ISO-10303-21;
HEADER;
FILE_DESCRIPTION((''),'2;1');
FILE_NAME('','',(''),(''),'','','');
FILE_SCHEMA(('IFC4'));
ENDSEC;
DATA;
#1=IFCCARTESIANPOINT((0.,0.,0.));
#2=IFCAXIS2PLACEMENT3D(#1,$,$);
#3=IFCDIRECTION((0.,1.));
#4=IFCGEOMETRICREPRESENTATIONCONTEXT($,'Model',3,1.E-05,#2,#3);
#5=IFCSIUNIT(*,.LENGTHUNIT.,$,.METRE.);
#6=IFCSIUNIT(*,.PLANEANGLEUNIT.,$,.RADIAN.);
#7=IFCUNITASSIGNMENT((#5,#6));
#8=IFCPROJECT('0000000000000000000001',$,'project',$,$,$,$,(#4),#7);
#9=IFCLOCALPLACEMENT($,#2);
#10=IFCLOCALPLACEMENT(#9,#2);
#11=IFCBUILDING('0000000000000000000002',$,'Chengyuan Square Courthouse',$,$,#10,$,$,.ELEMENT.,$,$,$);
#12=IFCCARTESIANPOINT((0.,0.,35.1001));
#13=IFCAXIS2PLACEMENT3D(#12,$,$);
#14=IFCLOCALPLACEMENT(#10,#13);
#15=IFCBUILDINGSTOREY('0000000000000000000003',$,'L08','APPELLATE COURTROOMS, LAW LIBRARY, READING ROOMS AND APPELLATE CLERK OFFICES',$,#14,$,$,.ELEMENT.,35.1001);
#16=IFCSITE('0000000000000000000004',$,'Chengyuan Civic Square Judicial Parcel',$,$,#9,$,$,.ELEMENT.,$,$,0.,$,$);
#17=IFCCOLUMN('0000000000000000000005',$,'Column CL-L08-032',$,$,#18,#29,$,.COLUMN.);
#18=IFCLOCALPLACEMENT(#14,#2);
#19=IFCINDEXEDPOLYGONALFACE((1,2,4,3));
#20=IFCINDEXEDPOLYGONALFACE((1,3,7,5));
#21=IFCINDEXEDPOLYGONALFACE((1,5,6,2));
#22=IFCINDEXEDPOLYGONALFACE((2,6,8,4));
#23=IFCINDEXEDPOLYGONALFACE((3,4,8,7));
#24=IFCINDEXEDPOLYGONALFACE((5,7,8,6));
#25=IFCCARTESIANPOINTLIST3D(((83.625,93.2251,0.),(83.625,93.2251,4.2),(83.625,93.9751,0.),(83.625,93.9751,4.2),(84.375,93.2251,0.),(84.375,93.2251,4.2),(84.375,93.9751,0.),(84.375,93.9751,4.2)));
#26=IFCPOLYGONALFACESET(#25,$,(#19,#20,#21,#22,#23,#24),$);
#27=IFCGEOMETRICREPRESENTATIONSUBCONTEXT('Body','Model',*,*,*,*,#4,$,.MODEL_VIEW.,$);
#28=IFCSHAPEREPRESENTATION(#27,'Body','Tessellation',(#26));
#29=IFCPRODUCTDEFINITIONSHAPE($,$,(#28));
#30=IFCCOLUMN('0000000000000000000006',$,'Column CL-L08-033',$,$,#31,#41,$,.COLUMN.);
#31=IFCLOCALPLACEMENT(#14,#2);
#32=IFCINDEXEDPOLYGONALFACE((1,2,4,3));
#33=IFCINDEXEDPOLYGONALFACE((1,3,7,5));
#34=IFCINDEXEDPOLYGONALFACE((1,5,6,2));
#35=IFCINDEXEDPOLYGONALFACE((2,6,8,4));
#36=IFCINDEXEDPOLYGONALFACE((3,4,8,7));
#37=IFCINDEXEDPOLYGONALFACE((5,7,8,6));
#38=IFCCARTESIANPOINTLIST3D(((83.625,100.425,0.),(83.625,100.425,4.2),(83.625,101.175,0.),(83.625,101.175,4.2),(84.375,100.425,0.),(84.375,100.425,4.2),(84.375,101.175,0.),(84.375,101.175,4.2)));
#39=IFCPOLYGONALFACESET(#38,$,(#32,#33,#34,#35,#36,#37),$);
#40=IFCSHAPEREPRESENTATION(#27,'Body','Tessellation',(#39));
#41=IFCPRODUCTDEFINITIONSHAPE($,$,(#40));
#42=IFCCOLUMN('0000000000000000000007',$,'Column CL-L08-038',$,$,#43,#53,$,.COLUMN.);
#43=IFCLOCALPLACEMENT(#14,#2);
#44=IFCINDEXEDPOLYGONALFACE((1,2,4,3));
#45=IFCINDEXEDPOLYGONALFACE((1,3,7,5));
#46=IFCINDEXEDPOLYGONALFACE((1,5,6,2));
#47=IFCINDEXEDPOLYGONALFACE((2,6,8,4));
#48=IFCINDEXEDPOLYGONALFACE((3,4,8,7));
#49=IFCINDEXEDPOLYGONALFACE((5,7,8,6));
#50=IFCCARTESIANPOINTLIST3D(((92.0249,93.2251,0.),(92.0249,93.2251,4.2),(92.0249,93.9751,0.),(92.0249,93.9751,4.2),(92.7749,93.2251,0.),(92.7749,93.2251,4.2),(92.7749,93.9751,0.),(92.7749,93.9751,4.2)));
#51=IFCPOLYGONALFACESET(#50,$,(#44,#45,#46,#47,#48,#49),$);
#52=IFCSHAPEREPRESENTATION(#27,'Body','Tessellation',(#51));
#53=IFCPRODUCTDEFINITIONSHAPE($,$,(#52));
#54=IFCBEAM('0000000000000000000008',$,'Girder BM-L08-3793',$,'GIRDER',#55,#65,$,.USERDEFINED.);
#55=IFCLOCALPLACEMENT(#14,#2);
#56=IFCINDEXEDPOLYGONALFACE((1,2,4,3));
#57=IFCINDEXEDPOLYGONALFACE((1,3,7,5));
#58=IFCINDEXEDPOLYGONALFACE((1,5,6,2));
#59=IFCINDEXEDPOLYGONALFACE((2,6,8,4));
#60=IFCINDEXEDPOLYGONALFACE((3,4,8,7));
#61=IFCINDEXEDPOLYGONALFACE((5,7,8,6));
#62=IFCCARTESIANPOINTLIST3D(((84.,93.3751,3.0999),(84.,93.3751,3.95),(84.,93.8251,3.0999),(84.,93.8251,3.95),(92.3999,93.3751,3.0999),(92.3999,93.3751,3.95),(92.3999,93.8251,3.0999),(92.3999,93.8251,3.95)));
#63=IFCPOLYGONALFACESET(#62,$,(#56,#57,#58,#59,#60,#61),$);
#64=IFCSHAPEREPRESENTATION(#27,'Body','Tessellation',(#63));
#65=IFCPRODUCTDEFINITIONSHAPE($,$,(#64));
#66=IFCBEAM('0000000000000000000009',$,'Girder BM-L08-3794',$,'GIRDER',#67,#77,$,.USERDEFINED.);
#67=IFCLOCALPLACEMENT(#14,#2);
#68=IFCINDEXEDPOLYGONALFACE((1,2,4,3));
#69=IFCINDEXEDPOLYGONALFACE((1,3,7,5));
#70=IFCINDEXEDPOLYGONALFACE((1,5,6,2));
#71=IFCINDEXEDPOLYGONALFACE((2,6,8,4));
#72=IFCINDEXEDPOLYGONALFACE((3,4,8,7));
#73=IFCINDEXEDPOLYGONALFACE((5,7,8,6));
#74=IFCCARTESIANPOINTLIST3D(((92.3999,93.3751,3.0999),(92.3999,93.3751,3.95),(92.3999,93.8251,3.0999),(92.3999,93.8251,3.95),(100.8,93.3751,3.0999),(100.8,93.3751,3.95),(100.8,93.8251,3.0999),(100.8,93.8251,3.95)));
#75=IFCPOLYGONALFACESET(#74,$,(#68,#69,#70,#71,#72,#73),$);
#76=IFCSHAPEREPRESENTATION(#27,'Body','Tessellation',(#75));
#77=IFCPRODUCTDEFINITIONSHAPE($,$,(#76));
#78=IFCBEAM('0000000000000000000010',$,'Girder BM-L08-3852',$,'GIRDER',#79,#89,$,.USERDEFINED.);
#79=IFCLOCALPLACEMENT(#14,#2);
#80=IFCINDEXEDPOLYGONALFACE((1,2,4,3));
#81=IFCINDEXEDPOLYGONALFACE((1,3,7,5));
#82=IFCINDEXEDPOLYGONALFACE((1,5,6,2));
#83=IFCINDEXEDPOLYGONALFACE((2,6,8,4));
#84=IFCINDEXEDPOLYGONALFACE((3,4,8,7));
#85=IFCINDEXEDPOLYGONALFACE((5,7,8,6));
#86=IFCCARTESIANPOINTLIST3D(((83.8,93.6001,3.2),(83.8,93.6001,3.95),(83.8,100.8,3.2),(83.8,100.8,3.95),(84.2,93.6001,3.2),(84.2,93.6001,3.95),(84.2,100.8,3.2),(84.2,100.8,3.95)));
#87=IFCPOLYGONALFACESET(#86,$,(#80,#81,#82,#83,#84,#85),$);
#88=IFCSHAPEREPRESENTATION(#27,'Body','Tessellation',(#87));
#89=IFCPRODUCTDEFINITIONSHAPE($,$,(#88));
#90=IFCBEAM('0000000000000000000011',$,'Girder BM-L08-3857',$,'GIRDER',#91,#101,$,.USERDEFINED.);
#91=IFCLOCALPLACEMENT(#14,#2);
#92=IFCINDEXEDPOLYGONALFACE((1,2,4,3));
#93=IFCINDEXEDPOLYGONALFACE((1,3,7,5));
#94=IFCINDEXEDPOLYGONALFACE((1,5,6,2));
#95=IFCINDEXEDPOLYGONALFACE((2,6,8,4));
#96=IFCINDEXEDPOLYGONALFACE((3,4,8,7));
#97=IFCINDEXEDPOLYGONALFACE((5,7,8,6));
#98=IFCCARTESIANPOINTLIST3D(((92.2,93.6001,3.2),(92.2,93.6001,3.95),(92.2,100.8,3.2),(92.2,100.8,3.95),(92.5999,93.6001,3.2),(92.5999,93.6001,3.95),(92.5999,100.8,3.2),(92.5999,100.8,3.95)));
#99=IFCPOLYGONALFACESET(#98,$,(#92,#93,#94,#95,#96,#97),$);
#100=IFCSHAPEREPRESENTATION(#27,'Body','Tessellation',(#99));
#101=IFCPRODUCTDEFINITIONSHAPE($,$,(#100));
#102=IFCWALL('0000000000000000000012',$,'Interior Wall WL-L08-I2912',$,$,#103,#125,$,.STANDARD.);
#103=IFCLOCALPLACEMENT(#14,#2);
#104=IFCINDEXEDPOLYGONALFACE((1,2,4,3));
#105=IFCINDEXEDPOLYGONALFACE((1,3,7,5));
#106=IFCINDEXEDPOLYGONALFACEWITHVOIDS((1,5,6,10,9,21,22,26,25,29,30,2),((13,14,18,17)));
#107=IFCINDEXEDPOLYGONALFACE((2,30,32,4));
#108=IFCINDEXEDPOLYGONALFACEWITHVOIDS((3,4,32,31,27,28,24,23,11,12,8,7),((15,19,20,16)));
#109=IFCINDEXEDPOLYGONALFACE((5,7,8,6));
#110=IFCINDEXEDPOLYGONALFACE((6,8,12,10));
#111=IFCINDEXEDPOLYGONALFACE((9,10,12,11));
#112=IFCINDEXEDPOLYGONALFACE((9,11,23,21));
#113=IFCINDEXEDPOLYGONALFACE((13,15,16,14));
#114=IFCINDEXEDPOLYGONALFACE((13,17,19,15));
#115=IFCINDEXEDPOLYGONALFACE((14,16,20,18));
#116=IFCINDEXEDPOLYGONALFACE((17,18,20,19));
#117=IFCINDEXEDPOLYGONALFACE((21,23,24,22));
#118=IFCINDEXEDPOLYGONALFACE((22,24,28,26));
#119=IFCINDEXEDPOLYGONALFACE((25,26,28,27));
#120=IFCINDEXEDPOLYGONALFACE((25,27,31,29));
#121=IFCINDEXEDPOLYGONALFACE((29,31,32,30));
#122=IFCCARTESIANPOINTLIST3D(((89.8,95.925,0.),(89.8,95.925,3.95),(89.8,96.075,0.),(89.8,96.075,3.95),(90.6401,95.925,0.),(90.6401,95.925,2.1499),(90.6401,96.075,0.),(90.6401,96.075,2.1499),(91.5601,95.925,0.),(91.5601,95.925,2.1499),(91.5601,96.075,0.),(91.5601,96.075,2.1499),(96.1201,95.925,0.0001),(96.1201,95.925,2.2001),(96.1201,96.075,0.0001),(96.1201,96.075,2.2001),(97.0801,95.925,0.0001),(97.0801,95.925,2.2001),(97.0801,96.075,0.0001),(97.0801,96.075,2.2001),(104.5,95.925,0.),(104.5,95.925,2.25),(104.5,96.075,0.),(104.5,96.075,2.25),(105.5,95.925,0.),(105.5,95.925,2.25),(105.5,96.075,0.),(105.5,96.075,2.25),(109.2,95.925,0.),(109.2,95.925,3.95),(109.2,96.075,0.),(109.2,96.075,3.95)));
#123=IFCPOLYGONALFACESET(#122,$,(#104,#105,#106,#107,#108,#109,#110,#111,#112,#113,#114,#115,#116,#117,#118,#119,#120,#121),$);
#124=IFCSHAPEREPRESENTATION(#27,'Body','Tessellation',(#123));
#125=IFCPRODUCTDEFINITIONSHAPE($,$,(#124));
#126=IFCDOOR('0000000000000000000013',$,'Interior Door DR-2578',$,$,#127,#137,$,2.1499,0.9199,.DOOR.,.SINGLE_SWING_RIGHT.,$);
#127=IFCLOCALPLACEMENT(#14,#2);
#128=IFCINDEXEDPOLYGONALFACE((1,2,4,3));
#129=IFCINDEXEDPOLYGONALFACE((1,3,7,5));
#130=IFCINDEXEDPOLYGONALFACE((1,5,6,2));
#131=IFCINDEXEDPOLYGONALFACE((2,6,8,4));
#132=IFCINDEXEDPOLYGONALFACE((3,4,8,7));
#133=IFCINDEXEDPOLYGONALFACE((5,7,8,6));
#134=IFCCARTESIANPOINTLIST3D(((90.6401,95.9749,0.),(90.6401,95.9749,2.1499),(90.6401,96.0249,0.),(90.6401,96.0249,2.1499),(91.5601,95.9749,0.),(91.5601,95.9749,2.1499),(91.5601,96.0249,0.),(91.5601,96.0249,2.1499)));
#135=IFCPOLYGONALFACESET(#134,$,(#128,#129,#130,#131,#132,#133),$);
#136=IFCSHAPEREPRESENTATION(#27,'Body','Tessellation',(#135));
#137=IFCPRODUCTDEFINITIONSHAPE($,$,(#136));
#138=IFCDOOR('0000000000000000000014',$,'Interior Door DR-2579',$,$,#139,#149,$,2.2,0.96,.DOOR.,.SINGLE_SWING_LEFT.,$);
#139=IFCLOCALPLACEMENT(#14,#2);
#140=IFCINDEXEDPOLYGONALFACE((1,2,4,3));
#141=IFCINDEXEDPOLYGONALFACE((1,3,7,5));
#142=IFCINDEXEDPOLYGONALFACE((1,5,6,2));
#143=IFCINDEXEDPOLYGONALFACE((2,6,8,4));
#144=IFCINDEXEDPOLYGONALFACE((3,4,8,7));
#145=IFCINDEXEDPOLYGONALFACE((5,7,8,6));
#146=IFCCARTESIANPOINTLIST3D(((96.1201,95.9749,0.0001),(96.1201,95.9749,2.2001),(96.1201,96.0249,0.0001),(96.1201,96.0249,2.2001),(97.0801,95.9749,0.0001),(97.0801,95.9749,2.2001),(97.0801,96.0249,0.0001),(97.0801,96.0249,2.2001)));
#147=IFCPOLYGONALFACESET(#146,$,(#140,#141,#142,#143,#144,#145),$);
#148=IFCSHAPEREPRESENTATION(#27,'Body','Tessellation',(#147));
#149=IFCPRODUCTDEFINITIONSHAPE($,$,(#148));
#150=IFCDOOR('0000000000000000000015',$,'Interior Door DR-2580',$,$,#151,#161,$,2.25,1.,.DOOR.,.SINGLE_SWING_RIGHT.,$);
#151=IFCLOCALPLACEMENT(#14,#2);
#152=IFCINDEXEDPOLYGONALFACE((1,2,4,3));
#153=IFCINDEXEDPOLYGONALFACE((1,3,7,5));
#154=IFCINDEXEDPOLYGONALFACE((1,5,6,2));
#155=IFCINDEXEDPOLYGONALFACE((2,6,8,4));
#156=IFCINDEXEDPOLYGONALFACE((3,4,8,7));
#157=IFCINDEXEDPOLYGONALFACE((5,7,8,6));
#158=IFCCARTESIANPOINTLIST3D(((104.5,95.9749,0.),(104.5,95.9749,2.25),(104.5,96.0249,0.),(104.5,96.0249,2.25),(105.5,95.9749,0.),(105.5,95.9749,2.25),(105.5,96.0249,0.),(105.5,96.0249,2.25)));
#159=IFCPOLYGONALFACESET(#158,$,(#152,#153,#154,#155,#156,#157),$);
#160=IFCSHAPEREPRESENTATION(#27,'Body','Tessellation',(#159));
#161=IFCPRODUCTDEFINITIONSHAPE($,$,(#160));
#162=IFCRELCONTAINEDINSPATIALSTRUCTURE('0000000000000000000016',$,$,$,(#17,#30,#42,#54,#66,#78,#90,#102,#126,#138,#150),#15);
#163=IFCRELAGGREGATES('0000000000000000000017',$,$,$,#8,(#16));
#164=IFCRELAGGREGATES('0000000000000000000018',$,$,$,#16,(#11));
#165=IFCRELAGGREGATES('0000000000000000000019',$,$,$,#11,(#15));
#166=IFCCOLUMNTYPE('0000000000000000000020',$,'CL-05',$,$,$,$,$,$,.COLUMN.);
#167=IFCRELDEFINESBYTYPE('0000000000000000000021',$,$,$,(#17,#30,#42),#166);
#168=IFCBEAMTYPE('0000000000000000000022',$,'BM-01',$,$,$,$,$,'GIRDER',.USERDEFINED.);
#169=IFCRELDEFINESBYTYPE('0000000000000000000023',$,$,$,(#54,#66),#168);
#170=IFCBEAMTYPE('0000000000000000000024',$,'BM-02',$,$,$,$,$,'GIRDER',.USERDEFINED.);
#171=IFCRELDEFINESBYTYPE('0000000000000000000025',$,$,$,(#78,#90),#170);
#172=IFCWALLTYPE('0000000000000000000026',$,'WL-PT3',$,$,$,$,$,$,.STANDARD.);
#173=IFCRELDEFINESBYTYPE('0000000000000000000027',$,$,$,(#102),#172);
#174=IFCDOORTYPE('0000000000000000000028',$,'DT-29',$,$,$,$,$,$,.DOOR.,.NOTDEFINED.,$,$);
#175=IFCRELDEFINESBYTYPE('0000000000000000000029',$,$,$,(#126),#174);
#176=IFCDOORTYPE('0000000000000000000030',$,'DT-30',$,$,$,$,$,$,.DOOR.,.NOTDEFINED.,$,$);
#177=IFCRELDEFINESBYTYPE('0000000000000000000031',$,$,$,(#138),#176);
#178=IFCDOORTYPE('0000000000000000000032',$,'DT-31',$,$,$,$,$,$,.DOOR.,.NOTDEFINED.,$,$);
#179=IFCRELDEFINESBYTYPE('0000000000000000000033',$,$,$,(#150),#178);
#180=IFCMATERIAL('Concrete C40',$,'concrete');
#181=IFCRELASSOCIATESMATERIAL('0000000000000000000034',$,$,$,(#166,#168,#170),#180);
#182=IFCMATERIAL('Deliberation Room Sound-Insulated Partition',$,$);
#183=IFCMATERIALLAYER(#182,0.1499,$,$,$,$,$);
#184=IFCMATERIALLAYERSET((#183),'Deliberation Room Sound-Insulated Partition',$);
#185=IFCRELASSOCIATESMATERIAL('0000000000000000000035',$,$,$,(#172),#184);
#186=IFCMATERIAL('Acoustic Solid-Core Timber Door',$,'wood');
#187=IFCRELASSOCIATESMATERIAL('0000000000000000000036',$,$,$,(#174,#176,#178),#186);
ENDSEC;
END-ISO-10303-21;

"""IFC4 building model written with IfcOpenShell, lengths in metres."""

from ifc_helpers import new_model, si_unit, direction, frame, frame_2d, origin, origin_2d, place, context, subcontext, project, spatial, rectangle, extrude, material, layer, layer_set, material_profile, profile_set, type_object, element, fill, save


model = new_model("IFC4")

# Units and contexts
model_context = context("Model", 3, precision=1e-05, world=origin(), true_north=direction((0.0, 1.0)))
body_context = subcontext(model_context, "Body", "Model", "MODEL_VIEW")
ifc_project = project(units=[si_unit("LENGTHUNIT", "METRE"), si_unit("PLANEANGLEUNIT", "RADIAN")], contexts=[model_context])

# Site, building, storey
site_placement = place(None, origin())
site = spatial("IfcSite", under=ifc_project, at=site_placement, Name="Chengyuan Civic Square Judicial Parcel", CompositionType="ELEMENT", RefElevation=0.0)
building_placement = place(site_placement, origin())
building = spatial("IfcBuilding", under=site, at=building_placement, Name="Chengyuan Square Courthouse", CompositionType="ELEMENT")
storey_placement = place(building_placement, frame((0.0, 0.0, 35.1001)))
storey = spatial("IfcBuildingStorey", under=building, at=storey_placement, Name="L08", Description="APPELLATE COURTROOMS, LAW LIBRARY, READING ROOMS AND APPELLATE CLERK OFFICES", CompositionType="ELEMENT", Elevation=35.1001)

# Columns
ifc_material_1 = material(Name="Concrete C40", Category="concrete")
ifc_material_profile_1 = material_profile(ifc_material_1, rectangle(XDim=0.75, YDim=0.75, at=origin_2d()), Name="RC-COL-750x750")
ifc_profile_set_1 = profile_set([ifc_material_profile_1], Name="Concrete C40")
column_type = type_object("IfcColumnType", Name="CL-05", PredefinedType="COLUMN", material=ifc_profile_set_1)
for number, where, z_axis, x_axis, name in (
    (1, (84.0, 93.6001, 0.0), (0.0, 0.0, 1.0), (1.0, 0.0, 0.0), "Column CL-L08-032"),
    (2, (84.0, 100.8, 0.0), (0.0, 0.0, 1.0), (1.0, 0.0, 0.0), "Column CL-L08-033"),
    (3, (92.3999, 93.6001, 0.0), (0.0, 0.0, 1.0), (1.0, 0.0, 0.0), "Column CL-L08-038"),
):
    element("IfcColumn", number, at=place(storey_placement, frame(where, z_axis=z_axis, x_axis=x_axis)), inside=storey, type_object=column_type, Name=name, PredefinedType="COLUMN", context=body_context, shape_type="SweptSolid", body=[
        extrude(rectangle(XDim=0.75, YDim=0.75, at=origin_2d()), origin(), (0.0, 0.0, 1.0), 4.2),
    ])

# Beams
ifc_material_profile_2 = material_profile(ifc_material_1, rectangle(XDim=0.45, YDim=0.8501, at=origin_2d()), Name="RC-BM-450x850")
ifc_profile_set_2 = profile_set([ifc_material_profile_2], Name="Concrete C40")
beam_type_1 = type_object("IfcBeamType", Name="BM-01", ElementType="GIRDER", PredefinedType="USERDEFINED", material=ifc_profile_set_2)
beam_1_placement = place(storey_placement, frame((84.0, 93.6001, 3.5249), z_axis=(1.0, 0.0, 0.0), x_axis=(0.0, 1.0, 0.0)))
element("IfcBeam", 4, at=beam_1_placement, inside=storey, type_object=beam_type_1, Name="Girder BM-L08-3793", ObjectType="GIRDER", PredefinedType="USERDEFINED", context=body_context, shape_type="SweptSolid", body=[
    extrude(rectangle(XDim=0.45, YDim=0.8501, at=origin_2d()), origin(), (0.0, 0.0, 1.0), 8.3999),
])
beam_2_placement = place(storey_placement, frame((92.3999, 93.6001, 3.5249), z_axis=(1.0, 0.0, 0.0), x_axis=(0.0, 1.0, 0.0)))
element("IfcBeam", 5, at=beam_2_placement, inside=storey, type_object=beam_type_1, Name="Girder BM-L08-3794", ObjectType="GIRDER", PredefinedType="USERDEFINED", context=body_context, shape_type="SweptSolid", body=[
    extrude(rectangle(XDim=0.45, YDim=0.8501, at=origin_2d()), origin(), (0.0, 0.0, 1.0), 8.4001),
])
ifc_material_profile_3 = material_profile(ifc_material_1, rectangle(XDim=0.3999, YDim=0.75, at=origin_2d()), Name="RC-BM-400x750")
ifc_profile_set_3 = profile_set([ifc_material_profile_3], Name="Concrete C40")
beam_type_2 = type_object("IfcBeamType", Name="BM-02", ElementType="GIRDER", PredefinedType="USERDEFINED", material=ifc_profile_set_3)
for number, where, z_axis, x_axis, name in (
    (6, (84.0, 93.6001, 3.575), (0.0, 1.0, 0.0), (-1.0, 0.0, 0.0), "Girder BM-L08-3852"),
    (7, (92.3999, 93.6001, 3.575), (0.0, 1.0, 0.0), (-1.0, 0.0, 0.0), "Girder BM-L08-3857"),
):
    element("IfcBeam", number, at=place(storey_placement, frame(where, z_axis=z_axis, x_axis=x_axis)), inside=storey, type_object=beam_type_2, Name=name, ObjectType="GIRDER", PredefinedType="USERDEFINED", context=body_context, shape_type="SweptSolid", body=[
        extrude(rectangle(XDim=0.3999, YDim=0.75, at=origin_2d()), origin(), (0.0, 0.0, 1.0), 7.2),
    ])

# Wall, openings, doors
ifc_material_2 = material(Name="Deliberation Room Sound-Insulated Partition")
ifc_layer_1 = layer(ifc_material_2, 0.1499)
ifc_layer_set_1 = layer_set([ifc_layer_1], Name="Deliberation Room Sound-Insulated Partition")
wall_type_1 = type_object("IfcWallType", Name="WL-PT3", PredefinedType="STANDARD", material=ifc_layer_set_1)
wall_1_placement = place(storey_placement, frame((89.8, 96.0, 0.0), z_axis=(0.0, 0.0, 1.0), x_axis=(1.0, 0.0, 0.0)))
wall_1 = element("IfcWall", 8, at=wall_1_placement, inside=storey, type_object=wall_type_1, Name="Interior Wall WL-L08-I2912", PredefinedType="STANDARD", context=body_context, shape_type="SweptSolid", body=[
    extrude(rectangle(XDim=19.3999, YDim=0.1499, at=frame_2d((9.7, 0.0))), origin(), (0.0, 0.0, 1.0), 3.95),
])
opening_1_placement = place(wall_1_placement, frame((0.8401, 0.0, 0.0)))
opening_1 = element("IfcOpeningElement", 9, at=opening_1_placement, cuts=wall_1, PredefinedType="OPENING", context=body_context, shape_type="SweptSolid", body=[
    extrude(rectangle(XDim=0.9199, YDim=2.1499, at=frame_2d((0.46, 1.075))), frame((0.0, 0.0869, 0.0), z_axis=(0.0, -1.0, 0.0), x_axis=(1.0, 0.0, 0.0)), (0.0, 0.0, 1.0), 0.1738),
])
opening_2_placement = place(wall_1_placement, frame((6.3201, 0.0, 0.0)))
opening_2 = element("IfcOpeningElement", 10, at=opening_2_placement, cuts=wall_1, PredefinedType="OPENING", context=body_context, shape_type="SweptSolid", body=[
    extrude(rectangle(XDim=0.96, YDim=2.2, at=frame_2d((0.48, 1.1001))), frame((0.0, 0.0869, 0.0), z_axis=(0.0, -1.0, 0.0), x_axis=(1.0, 0.0, 0.0)), (0.0, 0.0, 1.0), 0.1738),
])
opening_3_placement = place(wall_1_placement, frame((14.7, 0.0, 0.0)))
opening_3 = element("IfcOpeningElement", 11, at=opening_3_placement, cuts=wall_1, PredefinedType="OPENING", context=body_context, shape_type="SweptSolid", body=[
    extrude(rectangle(XDim=1.0, YDim=2.25, at=frame_2d((0.5, 1.125))), frame((0.0, 0.0869, 0.0), z_axis=(0.0, -1.0, 0.0), x_axis=(1.0, 0.0, 0.0)), (0.0, 0.0, 1.0), 0.1738),
])
ifc_material_3 = material(Name="Acoustic Solid-Core Timber Door", Category="wood")
door_type_1 = type_object("IfcDoorType", Name="DT-29", OperationType="NOTDEFINED", PredefinedType="DOOR", material=ifc_material_3)
door_1_placement = place(opening_1_placement, origin())
door_1 = element("IfcDoor", 12, at=door_1_placement, inside=storey, type_object=door_type_1, Name="Interior Door DR-2578", OperationType="SINGLE_SWING_RIGHT", OverallHeight=2.1499, OverallWidth=0.9199, PredefinedType="DOOR", context=body_context, shape_type="SweptSolid", body=[
    extrude(rectangle(XDim=0.9199, YDim=2.1499, at=frame_2d((0.46, 1.075))), frame((0.0, 0.0249, 0.0), z_axis=(0.0, -1.0, 0.0), x_axis=(1.0, 0.0, 0.0)), (0.0, 0.0, 1.0), 0.05),
])
fill(opening_1, door_1)
door_type_2 = type_object("IfcDoorType", Name="DT-30", OperationType="NOTDEFINED", PredefinedType="DOOR", material=ifc_material_3)
door_2_placement = place(opening_2_placement, origin())
door_2 = element("IfcDoor", 13, at=door_2_placement, inside=storey, type_object=door_type_2, Name="Interior Door DR-2579", OperationType="SINGLE_SWING_LEFT", OverallHeight=2.2, OverallWidth=0.96, PredefinedType="DOOR", context=body_context, shape_type="SweptSolid", body=[
    extrude(rectangle(XDim=0.96, YDim=2.2, at=frame_2d((0.48, 1.1001))), frame((0.0, 0.0249, 0.0), z_axis=(0.0, -1.0, 0.0), x_axis=(1.0, 0.0, 0.0)), (0.0, 0.0, 1.0), 0.05),
])
fill(opening_2, door_2)
door_type_3 = type_object("IfcDoorType", Name="DT-31", OperationType="NOTDEFINED", PredefinedType="DOOR", material=ifc_material_3)
door_3_placement = place(opening_3_placement, origin())
door_3 = element("IfcDoor", 14, at=door_3_placement, inside=storey, type_object=door_type_3, Name="Interior Door DR-2580", OperationType="SINGLE_SWING_RIGHT", OverallHeight=2.25, OverallWidth=1.0, PredefinedType="DOOR", context=body_context, shape_type="SweptSolid", body=[
    extrude(rectangle(XDim=1.0, YDim=2.25, at=frame_2d((0.5, 1.125))), frame((0.0, 0.0249, 0.0), z_axis=(0.0, -1.0, 0.0), x_axis=(1.0, 0.0, 0.0)), (0.0, 0.0, 1.0), 0.05),
])
fill(opening_3, door_3)

save(model, "model.ifc")
